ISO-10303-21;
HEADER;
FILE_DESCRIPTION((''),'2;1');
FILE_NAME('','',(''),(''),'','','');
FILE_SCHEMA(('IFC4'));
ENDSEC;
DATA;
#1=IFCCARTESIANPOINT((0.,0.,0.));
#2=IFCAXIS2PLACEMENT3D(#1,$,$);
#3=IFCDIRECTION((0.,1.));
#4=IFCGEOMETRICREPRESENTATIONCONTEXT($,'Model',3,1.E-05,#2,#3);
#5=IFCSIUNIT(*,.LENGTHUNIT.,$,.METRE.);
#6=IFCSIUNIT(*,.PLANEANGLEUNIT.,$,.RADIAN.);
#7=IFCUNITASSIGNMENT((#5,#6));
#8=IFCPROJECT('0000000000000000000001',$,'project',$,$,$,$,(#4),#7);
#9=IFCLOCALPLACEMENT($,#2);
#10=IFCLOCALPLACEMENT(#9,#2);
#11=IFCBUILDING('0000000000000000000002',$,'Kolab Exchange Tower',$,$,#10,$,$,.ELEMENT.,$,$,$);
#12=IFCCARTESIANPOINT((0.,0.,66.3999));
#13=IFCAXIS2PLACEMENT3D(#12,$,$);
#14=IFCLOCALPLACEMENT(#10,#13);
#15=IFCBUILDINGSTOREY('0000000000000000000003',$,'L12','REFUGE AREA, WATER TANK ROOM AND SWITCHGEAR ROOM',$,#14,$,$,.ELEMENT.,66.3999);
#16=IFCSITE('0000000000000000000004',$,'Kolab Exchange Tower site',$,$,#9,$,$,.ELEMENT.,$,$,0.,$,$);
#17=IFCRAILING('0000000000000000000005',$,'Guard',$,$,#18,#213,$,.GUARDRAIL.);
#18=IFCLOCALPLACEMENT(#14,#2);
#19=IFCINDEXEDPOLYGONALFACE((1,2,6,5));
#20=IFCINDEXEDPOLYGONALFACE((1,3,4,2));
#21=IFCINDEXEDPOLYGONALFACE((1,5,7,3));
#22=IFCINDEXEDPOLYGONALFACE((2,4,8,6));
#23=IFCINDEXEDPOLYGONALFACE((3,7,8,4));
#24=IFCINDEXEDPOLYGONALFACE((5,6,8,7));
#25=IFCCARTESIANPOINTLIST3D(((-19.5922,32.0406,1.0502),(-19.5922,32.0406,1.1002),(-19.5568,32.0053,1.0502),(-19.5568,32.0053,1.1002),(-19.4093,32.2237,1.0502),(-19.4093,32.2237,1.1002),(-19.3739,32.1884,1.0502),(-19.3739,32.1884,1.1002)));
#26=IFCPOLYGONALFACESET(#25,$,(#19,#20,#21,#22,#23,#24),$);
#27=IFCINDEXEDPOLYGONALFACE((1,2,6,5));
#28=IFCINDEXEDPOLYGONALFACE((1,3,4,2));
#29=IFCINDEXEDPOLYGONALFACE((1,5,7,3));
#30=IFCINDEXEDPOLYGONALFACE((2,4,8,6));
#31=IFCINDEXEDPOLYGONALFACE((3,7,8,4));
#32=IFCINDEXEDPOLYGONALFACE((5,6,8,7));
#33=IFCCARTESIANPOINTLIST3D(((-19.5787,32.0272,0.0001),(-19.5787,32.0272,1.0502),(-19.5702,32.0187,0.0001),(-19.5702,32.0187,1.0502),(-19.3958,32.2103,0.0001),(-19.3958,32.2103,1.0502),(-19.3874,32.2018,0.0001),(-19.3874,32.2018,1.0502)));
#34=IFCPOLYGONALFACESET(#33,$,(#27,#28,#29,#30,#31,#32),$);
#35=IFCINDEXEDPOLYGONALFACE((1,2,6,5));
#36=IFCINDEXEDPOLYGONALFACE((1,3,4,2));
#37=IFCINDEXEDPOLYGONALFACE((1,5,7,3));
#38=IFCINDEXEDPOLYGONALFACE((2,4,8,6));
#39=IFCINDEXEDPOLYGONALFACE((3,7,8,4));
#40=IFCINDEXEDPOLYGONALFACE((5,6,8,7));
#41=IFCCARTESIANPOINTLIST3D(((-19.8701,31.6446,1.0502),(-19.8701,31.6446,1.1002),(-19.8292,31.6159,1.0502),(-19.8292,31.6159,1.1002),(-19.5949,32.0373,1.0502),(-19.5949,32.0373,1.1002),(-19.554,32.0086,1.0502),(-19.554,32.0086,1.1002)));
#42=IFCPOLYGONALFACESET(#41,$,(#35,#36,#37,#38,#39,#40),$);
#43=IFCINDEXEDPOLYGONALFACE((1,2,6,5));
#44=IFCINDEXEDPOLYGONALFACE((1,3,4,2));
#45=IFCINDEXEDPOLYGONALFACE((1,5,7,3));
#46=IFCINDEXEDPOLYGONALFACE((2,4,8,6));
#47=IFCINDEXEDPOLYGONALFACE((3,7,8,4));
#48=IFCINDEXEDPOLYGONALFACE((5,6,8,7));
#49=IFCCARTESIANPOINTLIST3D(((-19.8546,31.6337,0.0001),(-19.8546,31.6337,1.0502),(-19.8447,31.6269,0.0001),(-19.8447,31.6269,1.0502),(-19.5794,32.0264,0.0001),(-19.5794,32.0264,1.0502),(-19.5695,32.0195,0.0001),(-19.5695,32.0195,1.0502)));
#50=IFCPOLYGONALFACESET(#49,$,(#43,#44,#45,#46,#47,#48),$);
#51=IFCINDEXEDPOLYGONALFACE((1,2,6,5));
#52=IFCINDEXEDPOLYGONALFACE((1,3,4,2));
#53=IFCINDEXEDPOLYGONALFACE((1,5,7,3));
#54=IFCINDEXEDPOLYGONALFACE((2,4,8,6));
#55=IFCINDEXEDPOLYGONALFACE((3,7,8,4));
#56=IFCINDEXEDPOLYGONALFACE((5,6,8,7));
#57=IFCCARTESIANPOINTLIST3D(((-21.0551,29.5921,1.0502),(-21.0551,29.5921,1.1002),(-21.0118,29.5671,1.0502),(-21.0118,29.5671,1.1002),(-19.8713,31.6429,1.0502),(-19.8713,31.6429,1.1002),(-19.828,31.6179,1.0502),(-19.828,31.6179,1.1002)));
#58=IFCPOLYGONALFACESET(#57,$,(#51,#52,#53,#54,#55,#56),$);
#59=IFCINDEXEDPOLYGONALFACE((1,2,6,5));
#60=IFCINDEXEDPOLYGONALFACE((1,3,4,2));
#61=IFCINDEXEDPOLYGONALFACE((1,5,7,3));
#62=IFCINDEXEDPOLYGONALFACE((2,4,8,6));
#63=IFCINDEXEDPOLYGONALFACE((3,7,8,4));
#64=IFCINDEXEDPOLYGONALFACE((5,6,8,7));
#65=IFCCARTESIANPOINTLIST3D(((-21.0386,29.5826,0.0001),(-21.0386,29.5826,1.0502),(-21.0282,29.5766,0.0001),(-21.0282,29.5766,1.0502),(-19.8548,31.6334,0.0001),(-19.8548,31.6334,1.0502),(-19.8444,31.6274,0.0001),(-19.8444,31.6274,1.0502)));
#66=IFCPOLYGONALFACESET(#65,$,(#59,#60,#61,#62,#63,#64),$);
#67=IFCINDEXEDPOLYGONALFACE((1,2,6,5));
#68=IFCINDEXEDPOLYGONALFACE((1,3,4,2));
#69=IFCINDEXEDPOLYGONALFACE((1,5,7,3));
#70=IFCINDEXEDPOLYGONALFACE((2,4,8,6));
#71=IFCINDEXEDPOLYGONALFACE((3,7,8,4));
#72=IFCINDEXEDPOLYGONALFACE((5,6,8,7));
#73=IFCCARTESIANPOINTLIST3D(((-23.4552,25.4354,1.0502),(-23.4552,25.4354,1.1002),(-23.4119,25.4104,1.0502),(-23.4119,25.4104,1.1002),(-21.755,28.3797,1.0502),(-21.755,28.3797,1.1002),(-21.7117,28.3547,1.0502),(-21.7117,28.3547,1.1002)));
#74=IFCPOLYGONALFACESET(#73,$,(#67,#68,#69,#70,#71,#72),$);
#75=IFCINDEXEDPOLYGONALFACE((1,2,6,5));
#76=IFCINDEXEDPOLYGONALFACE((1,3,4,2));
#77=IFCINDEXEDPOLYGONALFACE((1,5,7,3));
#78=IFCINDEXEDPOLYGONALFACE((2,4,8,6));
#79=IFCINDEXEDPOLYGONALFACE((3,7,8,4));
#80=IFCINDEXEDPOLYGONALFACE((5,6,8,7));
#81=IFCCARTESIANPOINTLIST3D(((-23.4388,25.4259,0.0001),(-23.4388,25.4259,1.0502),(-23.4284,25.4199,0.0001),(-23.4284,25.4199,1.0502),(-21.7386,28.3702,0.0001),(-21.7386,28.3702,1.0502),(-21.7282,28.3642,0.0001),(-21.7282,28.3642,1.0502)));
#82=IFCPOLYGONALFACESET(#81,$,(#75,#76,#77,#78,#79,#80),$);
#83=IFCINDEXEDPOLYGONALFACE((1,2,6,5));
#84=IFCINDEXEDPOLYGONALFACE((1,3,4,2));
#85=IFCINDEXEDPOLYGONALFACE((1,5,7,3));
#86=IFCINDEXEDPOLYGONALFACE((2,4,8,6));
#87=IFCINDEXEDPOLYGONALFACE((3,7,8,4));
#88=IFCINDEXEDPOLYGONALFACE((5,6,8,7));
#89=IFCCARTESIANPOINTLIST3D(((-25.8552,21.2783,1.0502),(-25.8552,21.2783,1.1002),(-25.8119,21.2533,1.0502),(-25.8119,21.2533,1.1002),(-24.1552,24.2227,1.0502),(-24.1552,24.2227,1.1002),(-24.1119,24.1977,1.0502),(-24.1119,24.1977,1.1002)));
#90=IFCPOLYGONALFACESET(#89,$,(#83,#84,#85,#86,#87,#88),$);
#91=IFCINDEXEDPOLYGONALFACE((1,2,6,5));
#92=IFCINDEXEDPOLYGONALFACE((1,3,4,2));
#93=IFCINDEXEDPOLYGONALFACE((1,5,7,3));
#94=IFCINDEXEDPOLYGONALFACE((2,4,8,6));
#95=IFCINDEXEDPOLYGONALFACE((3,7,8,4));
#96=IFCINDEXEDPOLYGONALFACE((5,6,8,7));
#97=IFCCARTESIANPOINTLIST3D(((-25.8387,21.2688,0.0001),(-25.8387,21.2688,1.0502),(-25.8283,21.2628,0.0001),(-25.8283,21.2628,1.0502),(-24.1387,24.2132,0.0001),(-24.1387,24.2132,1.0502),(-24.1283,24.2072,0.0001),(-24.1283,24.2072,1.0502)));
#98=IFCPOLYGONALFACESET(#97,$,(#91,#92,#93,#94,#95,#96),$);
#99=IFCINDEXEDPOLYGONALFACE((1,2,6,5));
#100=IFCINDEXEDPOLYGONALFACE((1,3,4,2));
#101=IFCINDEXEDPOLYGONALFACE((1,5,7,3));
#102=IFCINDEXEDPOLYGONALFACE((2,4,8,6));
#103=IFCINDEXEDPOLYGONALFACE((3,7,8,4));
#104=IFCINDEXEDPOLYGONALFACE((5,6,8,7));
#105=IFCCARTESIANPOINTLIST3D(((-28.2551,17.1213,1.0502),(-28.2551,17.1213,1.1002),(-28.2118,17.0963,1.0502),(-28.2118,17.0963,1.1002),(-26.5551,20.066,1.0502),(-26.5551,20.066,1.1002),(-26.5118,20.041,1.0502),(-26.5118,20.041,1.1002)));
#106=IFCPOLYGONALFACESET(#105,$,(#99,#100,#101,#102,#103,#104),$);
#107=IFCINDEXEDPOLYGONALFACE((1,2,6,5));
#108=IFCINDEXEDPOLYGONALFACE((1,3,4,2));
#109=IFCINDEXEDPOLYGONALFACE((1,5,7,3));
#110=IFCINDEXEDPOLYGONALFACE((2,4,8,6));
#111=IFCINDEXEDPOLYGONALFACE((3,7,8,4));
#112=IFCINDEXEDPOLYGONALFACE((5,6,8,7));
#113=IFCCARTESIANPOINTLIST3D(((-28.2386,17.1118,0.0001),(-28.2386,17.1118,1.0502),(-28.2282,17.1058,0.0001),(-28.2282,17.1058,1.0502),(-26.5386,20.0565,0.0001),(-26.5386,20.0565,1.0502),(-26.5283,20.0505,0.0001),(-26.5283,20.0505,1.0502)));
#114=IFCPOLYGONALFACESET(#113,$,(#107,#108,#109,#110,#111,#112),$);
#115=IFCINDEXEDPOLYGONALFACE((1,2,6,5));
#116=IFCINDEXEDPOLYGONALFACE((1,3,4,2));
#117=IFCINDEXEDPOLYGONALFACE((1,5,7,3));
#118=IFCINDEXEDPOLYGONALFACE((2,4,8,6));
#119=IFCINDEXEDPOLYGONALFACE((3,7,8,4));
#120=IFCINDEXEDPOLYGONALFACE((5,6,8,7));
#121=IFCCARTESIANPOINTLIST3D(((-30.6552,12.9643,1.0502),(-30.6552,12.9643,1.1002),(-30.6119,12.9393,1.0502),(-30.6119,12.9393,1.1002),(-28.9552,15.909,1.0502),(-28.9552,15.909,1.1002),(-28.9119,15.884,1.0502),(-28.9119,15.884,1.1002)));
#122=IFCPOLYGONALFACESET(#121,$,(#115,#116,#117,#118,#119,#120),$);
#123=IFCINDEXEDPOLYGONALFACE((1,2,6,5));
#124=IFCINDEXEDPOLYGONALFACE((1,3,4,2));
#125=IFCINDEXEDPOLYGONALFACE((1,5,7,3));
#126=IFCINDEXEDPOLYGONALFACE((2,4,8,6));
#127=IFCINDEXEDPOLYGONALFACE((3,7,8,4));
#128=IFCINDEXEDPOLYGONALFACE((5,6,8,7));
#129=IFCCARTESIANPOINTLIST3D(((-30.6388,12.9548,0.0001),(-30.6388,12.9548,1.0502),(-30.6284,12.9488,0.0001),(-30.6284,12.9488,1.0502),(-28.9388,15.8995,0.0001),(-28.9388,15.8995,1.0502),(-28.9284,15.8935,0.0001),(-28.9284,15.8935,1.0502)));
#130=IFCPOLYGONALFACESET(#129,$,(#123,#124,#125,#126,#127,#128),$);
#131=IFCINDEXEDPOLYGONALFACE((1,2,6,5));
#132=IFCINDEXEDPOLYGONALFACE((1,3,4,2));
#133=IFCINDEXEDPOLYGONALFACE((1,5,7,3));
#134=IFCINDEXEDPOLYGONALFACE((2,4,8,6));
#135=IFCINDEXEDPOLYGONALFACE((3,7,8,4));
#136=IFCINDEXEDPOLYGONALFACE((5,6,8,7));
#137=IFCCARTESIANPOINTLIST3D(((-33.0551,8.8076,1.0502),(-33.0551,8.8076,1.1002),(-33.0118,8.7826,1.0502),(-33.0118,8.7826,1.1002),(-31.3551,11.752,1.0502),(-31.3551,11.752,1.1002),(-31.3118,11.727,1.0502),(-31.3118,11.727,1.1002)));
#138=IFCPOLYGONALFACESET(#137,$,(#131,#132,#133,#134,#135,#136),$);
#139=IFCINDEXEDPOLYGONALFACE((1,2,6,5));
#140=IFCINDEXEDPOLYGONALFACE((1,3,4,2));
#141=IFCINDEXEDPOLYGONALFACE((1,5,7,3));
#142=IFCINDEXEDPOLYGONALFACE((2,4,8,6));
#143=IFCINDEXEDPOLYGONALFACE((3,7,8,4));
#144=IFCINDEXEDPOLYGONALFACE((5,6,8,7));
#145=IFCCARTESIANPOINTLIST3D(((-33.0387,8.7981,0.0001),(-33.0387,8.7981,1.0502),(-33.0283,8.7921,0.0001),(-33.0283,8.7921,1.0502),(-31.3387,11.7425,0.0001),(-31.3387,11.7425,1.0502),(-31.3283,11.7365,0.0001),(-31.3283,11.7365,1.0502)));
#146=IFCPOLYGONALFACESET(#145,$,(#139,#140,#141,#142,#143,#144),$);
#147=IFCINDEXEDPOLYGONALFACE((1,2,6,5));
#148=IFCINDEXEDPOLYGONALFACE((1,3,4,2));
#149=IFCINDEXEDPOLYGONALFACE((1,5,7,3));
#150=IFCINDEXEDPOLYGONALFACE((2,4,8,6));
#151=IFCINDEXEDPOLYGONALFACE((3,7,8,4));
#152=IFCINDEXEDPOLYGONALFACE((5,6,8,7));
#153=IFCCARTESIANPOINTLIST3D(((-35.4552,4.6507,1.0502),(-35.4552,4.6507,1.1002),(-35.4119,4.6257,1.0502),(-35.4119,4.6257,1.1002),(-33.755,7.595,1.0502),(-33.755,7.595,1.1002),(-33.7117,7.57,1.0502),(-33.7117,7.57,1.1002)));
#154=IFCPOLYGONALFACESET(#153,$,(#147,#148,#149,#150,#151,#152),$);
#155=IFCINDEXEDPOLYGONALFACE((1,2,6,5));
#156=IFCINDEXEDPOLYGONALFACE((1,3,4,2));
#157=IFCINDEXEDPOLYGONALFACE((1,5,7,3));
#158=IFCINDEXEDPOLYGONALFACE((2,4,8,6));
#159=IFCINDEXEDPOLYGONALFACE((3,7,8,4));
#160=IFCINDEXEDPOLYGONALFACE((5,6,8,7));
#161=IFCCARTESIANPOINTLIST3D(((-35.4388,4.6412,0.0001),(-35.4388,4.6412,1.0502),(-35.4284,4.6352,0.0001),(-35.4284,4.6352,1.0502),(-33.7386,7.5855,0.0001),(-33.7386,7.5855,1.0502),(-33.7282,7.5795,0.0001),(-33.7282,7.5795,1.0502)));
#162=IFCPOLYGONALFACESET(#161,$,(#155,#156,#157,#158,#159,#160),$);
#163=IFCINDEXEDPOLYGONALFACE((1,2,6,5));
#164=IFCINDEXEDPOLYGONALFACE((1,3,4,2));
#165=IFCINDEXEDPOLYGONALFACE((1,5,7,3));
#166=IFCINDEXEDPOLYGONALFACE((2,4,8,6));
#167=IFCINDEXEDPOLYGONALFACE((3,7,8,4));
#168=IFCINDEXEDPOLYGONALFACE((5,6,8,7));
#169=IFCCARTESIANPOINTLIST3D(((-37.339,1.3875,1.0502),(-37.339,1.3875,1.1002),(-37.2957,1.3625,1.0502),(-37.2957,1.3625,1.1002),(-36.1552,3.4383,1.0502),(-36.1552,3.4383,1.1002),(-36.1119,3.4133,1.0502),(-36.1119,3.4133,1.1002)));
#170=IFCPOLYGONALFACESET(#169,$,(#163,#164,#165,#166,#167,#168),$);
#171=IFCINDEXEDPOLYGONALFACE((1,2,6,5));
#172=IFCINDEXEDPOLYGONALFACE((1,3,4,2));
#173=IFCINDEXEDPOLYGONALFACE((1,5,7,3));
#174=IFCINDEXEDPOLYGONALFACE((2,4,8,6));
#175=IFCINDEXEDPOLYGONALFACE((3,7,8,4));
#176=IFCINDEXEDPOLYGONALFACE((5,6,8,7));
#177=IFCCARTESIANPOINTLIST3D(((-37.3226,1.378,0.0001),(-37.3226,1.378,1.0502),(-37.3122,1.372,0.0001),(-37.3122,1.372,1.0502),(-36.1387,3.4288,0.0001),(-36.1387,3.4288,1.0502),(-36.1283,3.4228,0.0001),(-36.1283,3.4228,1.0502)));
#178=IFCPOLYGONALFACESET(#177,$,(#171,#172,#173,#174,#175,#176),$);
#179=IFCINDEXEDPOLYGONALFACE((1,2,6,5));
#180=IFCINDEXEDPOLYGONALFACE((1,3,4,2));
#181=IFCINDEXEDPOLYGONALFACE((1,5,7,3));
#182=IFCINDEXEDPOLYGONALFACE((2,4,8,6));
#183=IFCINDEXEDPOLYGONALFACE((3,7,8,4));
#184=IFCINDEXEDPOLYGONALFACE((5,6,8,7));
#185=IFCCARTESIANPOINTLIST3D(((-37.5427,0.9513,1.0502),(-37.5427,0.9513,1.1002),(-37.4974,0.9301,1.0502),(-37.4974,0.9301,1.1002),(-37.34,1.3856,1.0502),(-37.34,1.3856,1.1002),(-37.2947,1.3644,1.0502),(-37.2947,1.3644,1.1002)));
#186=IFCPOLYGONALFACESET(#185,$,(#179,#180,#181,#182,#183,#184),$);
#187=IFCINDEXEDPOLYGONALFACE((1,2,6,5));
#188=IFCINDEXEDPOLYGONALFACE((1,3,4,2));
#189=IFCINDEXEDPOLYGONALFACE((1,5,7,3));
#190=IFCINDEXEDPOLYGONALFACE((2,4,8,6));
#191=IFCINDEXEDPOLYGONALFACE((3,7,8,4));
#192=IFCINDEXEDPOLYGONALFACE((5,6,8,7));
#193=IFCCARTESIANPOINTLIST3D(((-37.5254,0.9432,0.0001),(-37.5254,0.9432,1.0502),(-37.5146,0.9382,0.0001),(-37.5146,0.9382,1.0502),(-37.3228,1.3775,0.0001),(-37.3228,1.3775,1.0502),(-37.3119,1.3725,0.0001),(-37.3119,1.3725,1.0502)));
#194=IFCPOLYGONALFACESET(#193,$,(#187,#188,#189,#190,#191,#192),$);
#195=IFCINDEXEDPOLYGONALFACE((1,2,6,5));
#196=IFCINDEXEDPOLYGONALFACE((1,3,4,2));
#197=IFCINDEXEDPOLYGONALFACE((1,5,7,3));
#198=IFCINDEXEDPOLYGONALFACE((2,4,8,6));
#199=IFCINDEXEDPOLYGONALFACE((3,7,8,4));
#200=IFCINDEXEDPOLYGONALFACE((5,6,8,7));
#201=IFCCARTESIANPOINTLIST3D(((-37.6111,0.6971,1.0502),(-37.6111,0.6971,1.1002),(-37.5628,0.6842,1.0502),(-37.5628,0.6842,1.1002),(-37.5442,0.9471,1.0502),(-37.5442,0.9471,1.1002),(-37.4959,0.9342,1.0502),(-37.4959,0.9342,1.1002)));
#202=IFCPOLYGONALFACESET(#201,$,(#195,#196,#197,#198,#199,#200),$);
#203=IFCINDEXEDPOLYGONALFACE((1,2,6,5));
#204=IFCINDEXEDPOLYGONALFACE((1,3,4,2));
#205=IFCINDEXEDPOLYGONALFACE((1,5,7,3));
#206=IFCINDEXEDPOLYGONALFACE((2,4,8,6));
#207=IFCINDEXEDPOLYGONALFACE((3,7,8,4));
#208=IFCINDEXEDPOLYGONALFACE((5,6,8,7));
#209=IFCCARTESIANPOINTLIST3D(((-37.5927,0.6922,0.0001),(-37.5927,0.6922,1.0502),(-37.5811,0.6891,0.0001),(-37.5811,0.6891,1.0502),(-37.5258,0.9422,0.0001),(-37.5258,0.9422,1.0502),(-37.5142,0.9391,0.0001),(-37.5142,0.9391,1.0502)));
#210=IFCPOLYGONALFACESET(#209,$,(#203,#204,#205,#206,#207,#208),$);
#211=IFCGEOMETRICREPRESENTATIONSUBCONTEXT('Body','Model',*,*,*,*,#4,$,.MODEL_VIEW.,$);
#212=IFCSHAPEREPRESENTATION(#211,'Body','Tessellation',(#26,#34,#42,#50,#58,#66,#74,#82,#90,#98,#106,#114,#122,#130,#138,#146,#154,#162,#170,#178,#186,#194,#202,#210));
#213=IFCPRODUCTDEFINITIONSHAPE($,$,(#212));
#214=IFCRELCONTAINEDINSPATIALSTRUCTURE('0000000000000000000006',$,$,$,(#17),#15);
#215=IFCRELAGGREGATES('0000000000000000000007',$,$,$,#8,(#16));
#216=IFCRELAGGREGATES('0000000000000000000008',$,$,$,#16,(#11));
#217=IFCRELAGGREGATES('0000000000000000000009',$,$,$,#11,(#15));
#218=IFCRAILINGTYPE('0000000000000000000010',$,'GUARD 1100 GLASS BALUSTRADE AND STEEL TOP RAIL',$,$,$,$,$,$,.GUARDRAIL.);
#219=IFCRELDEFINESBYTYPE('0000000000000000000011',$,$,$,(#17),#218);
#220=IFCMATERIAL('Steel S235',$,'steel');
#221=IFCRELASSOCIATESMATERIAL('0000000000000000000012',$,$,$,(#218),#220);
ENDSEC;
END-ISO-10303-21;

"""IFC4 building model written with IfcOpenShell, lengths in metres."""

from ifc_helpers import new_model, si_unit, direction, frame, frame_2d, origin, origin_2d, place, context, subcontext, project, spatial, rectangle, extrude, material, type_object, element, save


model = new_model("IFC4")

# Units and contexts
model_context = context("Model", 3, precision=1e-05, world=origin(), true_north=direction((0.0, 1.0)))
body_context = subcontext(model_context, "Body", "Model", "MODEL_VIEW")
ifc_project = project(units=[si_unit("LENGTHUNIT", "METRE"), si_unit("PLANEANGLEUNIT", "RADIAN")], contexts=[model_context])

# Site, building, storey
site_placement = place(None, origin())
site = spatial("IfcSite", under=ifc_project, at=site_placement, Name="Kolab Exchange Tower site", CompositionType="ELEMENT", RefElevation=0.0)
building_placement = place(site_placement, origin())
building = spatial("IfcBuilding", under=site, at=building_placement, Name="Kolab Exchange Tower", CompositionType="ELEMENT")
storey_placement = place(building_placement, frame((0.0, 0.0, 66.3999)))
storey = spatial("IfcBuildingStorey", under=building, at=storey_placement, Name="L12", Description="REFUGE AREA, WATER TANK ROOM AND SWITCHGEAR ROOM", CompositionType="ELEMENT", Elevation=66.3999)

# Railing
ifc_material_1 = material(Name="Steel S235", Category="steel")
railing_type = type_object("IfcRailingType", Name="GUARD 1100 GLASS BALUSTRADE AND STEEL TOP RAIL", PredefinedType="GUARDRAIL", material=ifc_material_1)
railing_placement = place(storey_placement, frame((-19.3916, 32.2061, 0.0)))
element("IfcRailing", 1, at=railing_placement, inside=storey, type_object=railing_type, Name="Guard", PredefinedType="GUARDRAIL", context=body_context, shape_type="SweptSolid", body=[
    extrude(rectangle(XDim=0.05, YDim=0.05, at=origin_2d()), frame((0.0, 0.0, 1.0752), z_axis=(-0.706635, -0.707578, 0.0), x_axis=(0.707578, -0.706635, 0.0)), (0.0, 0.0, 1.0), 0.2588),
    extrude(rectangle(XDim=0.012, YDim=1.0501, at=frame_2d((0.0, 0.5251))), frame((0.0, 0.0, 0.0), z_axis=(-0.706635, -0.707578, 0.0), x_axis=(0.707578, -0.706635, 0.0)), (0.0, 0.0, 1.0), 0.2588),
    extrude(rectangle(XDim=0.05, YDim=0.05, at=origin_2d()), frame((-0.1829, -0.1831, 1.0752), z_axis=(-0.573941, -0.818897, 0.0), x_axis=(0.818897, -0.573941, 0.0)), (0.0, 0.0, 1.0), 0.4795),
    extrude(rectangle(XDim=0.012, YDim=1.0501, at=frame_2d((0.0, 0.5251))), frame((-0.1829, -0.1831, 0.0), z_axis=(-0.573941, -0.818897, 0.0), x_axis=(0.818897, -0.573941, 0.0)), (0.0, 0.0, 1.0), 0.4795),
    extrude(rectangle(XDim=0.05, YDim=0.05, at=origin_2d()), frame((-0.458, -0.5757, 1.0752), z_axis=(-0.499943, -0.866059, 0.0), x_axis=(0.866059, -0.499943, 0.0)), (0.0, 0.0, 1.0), 2.3679),
    extrude(rectangle(XDim=0.012, YDim=1.0501, at=frame_2d((0.0, 0.5251))), frame((-0.458, -0.5757, 0.0), z_axis=(-0.499943, -0.866059, 0.0), x_axis=(0.866059, -0.499943, 0.0)), (0.0, 0.0, 1.0), 2.3679),
    extrude(rectangle(XDim=0.05, YDim=0.05, at=origin_2d()), frame((-2.3418, -3.8389, 1.0752), z_axis=(-0.500062, -0.865989, 0.0), x_axis=(0.865989, -0.500062, 0.0)), (0.0, 0.0, 1.0), 3.3999),
    extrude(rectangle(XDim=0.012, YDim=1.0501, at=frame_2d((0.0, 0.5251))), frame((-2.3418, -3.8389, 0.0), z_axis=(-0.500062, -0.865989, 0.0), x_axis=(0.865989, -0.500062, 0.0)), (0.0, 0.0, 1.0), 3.3999),
    extrude(rectangle(XDim=0.05, YDim=0.05, at=origin_2d()), frame((-4.7419, -7.9958, 1.0752), z_axis=(-0.500008, -0.866021, 0.0), x_axis=(0.866021, -0.500008, 0.0)), (0.0, 0.0, 1.0), 3.3999),
    extrude(rectangle(XDim=0.012, YDim=1.0501, at=frame_2d((0.0, 0.5251))), frame((-4.7419, -7.9958, 0.0), z_axis=(-0.500008, -0.866021, 0.0), x_axis=(0.866021, -0.500008, 0.0)), (0.0, 0.0, 1.0), 3.3999),
    extrude(rectangle(XDim=0.05, YDim=0.05, at=origin_2d()), frame((-7.1418, -12.1526, 1.0752), z_axis=(-0.499977, -0.866039, 0.0), x_axis=(0.866039, -0.499977, 0.0)), (0.0, 0.0, 1.0), 3.4001),
    extrude(rectangle(XDim=0.012, YDim=1.0501, at=frame_2d((0.0, 0.5251))), frame((-7.1418, -12.1526, 0.0), z_axis=(-0.499977, -0.866039, 0.0), x_axis=(0.866039, -0.499977, 0.0)), (0.0, 0.0, 1.0), 3.4001),
    extrude(rectangle(XDim=0.05, YDim=0.05, at=origin_2d()), frame((-9.542, -16.3096, 1.0752), z_axis=(-0.499977, -0.866039, 0.0), x_axis=(0.866039, -0.499977, 0.0)), (0.0, 0.0, 1.0), 3.4001),
    extrude(rectangle(XDim=0.012, YDim=1.0501, at=frame_2d((0.0, 0.5251))), frame((-9.542, -16.3096, 0.0), z_axis=(-0.499977, -0.866039, 0.0), x_axis=(0.866039, -0.499977, 0.0)), (0.0, 0.0, 1.0), 3.4001),
    extrude(rectangle(XDim=0.05, YDim=0.05, at=origin_2d()), frame((-11.9419, -20.4666, 1.0752), z_axis=(-0.500008, -0.866021, 0.0), x_axis=(0.866021, -0.500008, 0.0)), (0.0, 0.0, 1.0), 3.3999),
    extrude(rectangle(XDim=0.012, YDim=1.0501, at=frame_2d((0.0, 0.5251))), frame((-11.9419, -20.4666, 0.0), z_axis=(-0.500008, -0.866021, 0.0), x_axis=(0.866021, -0.500008, 0.0)), (0.0, 0.0, 1.0), 3.3999),
    extrude(rectangle(XDim=0.05, YDim=0.05, at=origin_2d()), frame((-14.3418, -24.6235, 1.0752), z_axis=(-0.500062, -0.865989, 0.0), x_axis=(0.865989, -0.500062, 0.0)), (0.0, 0.0, 1.0), 3.3999),
    extrude(rectangle(XDim=0.012, YDim=1.0501, at=frame_2d((0.0, 0.5251))), frame((-14.3418, -24.6235, 0.0), z_axis=(-0.500062, -0.865989, 0.0), x_axis=(0.865989, -0.500062, 0.0)), (0.0, 0.0, 1.0), 3.3999),
    extrude(rectangle(XDim=0.05, YDim=0.05, at=origin_2d()), frame((-16.7419, -28.7803, 1.0752), z_axis=(-0.499943, -0.866059, 0.0), x_axis=(0.866059, -0.499943, 0.0)), (0.0, 0.0, 1.0), 2.3679),
    extrude(rectangle(XDim=0.012, YDim=1.0501, at=frame_2d((0.0, 0.5251))), frame((-16.7419, -28.7803, 0.0), z_axis=(-0.499943, -0.866059, 0.0), x_axis=(0.866059, -0.499943, 0.0)), (0.0, 0.0, 1.0), 2.3679),
    extrude(rectangle(XDim=0.05, YDim=0.05, at=origin_2d()), frame((-17.9258, -30.8311, 1.0752), z_axis=(-0.422802, -0.906222, 0.0), x_axis=(0.906222, -0.422802, 0.0)), (0.0, 0.0, 1.0), 0.4792),
    extrude(rectangle(XDim=0.012, YDim=1.0501, at=frame_2d((0.0, 0.5251))), frame((-17.9258, -30.8311, 0.0), z_axis=(-0.422802, -0.906222, 0.0), x_axis=(0.906222, -0.422802, 0.0)), (0.0, 0.0, 1.0), 0.4792),
    extrude(rectangle(XDim=0.05, YDim=0.05, at=origin_2d()), frame((-18.1284, -31.2654, 1.0752), z_axis=(-0.258485, -0.966015, 0.0), x_axis=(0.966015, -0.258485, 0.0)), (0.0, 0.0, 1.0), 0.2588),
    extrude(rectangle(XDim=0.012, YDim=1.0501, at=frame_2d((0.0, 0.5251))), frame((-18.1284, -31.2654, 0.0), z_axis=(-0.258485, -0.966015, 0.0), x_axis=(0.966015, -0.258485, 0.0)), (0.0, 0.0, 1.0), 0.2588),
])

save(model, "model.ifc")
